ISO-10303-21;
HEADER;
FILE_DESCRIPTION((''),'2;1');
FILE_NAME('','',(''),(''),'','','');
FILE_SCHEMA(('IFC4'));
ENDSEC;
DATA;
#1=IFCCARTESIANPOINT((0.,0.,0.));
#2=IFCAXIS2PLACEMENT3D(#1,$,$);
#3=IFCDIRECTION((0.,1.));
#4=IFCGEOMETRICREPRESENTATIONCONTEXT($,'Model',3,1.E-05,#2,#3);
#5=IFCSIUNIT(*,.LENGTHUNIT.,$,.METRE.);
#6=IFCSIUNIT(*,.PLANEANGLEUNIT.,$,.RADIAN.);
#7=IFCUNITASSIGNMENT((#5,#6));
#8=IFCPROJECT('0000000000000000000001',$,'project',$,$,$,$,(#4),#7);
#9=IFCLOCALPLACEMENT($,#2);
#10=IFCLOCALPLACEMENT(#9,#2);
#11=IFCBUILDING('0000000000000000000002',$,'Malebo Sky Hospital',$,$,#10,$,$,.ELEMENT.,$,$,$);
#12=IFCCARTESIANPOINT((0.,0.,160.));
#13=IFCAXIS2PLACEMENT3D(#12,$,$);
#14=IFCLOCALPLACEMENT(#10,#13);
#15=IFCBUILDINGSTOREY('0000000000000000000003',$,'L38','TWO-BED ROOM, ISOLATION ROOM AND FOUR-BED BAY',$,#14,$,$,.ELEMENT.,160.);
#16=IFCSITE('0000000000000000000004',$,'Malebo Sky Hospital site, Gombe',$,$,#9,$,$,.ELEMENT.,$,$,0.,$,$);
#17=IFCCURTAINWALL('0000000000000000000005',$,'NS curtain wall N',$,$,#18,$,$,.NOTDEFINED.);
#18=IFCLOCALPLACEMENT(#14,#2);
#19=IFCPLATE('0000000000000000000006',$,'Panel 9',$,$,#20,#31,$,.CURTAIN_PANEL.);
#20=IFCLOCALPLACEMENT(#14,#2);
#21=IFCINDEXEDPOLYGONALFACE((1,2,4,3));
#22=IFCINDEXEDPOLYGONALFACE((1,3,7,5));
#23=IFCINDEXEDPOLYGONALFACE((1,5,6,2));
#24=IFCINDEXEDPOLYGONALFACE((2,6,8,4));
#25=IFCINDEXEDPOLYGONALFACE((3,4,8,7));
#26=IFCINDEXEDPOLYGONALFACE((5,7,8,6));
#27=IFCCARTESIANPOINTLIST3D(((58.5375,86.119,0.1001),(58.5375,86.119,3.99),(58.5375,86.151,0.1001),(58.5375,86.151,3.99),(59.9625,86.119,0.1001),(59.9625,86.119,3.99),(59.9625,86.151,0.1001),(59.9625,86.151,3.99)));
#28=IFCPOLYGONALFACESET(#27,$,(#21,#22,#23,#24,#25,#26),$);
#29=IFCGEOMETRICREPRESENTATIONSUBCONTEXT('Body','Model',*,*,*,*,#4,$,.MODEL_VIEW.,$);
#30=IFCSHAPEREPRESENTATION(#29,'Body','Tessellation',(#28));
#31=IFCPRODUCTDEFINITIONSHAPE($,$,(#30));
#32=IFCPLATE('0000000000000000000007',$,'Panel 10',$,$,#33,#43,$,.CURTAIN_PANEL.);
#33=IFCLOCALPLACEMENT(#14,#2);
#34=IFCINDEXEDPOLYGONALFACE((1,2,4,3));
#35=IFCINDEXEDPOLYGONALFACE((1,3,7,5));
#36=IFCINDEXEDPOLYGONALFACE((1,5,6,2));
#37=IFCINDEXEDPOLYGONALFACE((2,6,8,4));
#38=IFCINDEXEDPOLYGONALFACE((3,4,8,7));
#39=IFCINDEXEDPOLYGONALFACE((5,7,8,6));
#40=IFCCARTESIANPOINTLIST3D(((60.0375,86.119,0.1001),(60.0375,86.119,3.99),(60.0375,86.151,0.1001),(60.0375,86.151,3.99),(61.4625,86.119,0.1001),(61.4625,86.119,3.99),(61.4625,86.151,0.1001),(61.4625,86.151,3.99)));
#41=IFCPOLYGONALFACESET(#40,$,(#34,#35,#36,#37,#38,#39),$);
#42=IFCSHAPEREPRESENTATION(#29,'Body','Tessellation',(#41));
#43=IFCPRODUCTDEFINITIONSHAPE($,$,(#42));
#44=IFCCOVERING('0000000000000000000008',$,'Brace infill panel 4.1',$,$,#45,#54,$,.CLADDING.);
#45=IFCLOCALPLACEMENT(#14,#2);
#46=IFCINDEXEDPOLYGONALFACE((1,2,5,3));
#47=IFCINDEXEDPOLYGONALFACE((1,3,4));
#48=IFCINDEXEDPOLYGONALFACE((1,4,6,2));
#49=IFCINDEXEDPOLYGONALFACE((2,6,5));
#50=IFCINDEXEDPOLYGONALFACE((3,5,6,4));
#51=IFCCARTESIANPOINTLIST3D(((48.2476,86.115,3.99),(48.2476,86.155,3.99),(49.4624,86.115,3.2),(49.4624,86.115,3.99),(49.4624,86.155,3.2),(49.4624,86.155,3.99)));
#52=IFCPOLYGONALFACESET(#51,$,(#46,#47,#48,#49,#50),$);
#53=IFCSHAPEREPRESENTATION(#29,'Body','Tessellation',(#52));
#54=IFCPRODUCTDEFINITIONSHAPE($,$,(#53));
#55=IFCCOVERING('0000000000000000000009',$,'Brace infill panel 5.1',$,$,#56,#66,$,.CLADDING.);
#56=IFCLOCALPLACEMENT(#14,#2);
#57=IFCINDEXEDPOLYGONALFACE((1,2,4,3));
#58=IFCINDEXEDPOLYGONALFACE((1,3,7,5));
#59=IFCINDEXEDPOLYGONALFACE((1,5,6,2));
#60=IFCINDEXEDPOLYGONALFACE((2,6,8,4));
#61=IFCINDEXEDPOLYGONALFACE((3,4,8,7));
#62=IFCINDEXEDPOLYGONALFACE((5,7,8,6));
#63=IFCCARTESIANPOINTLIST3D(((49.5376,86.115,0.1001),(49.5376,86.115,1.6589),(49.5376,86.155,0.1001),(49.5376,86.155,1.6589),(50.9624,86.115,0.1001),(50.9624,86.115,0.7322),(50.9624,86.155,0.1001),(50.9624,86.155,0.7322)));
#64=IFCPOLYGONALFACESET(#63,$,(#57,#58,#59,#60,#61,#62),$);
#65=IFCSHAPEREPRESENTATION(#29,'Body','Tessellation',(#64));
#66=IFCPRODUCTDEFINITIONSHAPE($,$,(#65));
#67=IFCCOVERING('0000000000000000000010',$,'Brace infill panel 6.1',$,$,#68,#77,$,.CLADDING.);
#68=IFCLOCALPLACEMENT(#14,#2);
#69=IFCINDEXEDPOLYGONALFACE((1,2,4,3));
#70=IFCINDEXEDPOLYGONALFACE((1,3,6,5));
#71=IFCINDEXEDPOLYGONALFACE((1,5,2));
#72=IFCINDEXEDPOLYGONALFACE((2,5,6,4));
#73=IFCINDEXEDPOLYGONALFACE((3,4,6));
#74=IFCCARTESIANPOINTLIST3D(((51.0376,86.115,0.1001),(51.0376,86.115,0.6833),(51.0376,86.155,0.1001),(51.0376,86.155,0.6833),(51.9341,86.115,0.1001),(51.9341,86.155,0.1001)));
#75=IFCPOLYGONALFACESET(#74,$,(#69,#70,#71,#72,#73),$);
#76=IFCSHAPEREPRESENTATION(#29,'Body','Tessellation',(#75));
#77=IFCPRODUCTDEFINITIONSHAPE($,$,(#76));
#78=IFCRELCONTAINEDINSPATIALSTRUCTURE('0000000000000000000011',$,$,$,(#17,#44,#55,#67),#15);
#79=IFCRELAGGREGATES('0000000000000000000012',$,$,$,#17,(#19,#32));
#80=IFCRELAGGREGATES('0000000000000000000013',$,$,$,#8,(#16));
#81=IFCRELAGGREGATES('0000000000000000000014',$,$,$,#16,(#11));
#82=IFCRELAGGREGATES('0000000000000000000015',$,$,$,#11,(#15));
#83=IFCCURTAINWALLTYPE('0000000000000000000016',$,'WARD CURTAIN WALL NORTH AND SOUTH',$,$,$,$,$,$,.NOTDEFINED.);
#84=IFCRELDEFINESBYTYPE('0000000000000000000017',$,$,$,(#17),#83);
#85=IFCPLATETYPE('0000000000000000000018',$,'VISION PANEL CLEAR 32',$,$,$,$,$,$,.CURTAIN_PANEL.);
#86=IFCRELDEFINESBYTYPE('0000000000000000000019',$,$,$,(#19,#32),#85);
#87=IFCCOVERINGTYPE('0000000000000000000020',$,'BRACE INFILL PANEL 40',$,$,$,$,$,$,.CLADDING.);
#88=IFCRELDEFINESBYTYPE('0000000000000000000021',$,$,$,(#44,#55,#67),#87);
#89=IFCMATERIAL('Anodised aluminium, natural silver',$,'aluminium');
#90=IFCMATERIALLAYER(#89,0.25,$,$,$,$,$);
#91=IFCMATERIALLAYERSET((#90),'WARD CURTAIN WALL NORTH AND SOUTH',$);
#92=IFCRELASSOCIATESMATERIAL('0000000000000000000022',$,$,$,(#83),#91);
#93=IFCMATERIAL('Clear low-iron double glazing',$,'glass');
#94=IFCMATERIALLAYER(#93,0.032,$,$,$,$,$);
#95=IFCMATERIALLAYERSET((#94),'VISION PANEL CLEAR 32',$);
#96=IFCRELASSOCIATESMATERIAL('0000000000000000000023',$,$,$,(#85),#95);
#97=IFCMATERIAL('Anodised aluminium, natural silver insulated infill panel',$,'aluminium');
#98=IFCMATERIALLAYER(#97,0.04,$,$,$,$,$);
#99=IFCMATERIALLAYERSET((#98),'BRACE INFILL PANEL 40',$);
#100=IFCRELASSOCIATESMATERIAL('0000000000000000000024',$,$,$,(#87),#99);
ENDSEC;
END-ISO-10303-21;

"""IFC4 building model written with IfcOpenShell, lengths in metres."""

from ifc_helpers import new_model, si_unit, direction, frame, origin, origin_2d, place, context, subcontext, project, spatial, polyline, rectangle, outline, extrude, material, layer, layer_set, type_object, element, aggregate, save


model = new_model("IFC4")

# Units and contexts
model_context = context("Model", 3, precision=1e-05, world=origin(), true_north=direction((0.0, 1.0)))
body_context = subcontext(model_context, "Body", "Model", "MODEL_VIEW")
ifc_project = project(units=[si_unit("LENGTHUNIT", "METRE"), si_unit("PLANEANGLEUNIT", "RADIAN")], contexts=[model_context])

# Site, building, storey
site_placement = place(None, origin())
site = spatial("IfcSite", under=ifc_project, at=site_placement, Name="Malebo Sky Hospital site, Gombe", CompositionType="ELEMENT", RefElevation=0.0)
building_placement = place(site_placement, origin())
building = spatial("IfcBuilding", under=site, at=building_placement, Name="Malebo Sky Hospital", CompositionType="ELEMENT")
storey_placement = place(building_placement, frame((0.0, 0.0, 160.0)))
storey = spatial("IfcBuildingStorey", under=building, at=storey_placement, Name="L38", Description="TWO-BED ROOM, ISOLATION ROOM AND FOUR-BED BAY", CompositionType="ELEMENT", Elevation=160.0)

# Curtain wall
ifc_material_1 = material(Name="Anodised aluminium, natural silver", Category="aluminium")
ifc_layer_1 = layer(ifc_material_1, 0.25)
ifc_layer_set_1 = layer_set([ifc_layer_1], Name="WARD CURTAIN WALL NORTH AND SOUTH")
curtain_wall_type = type_object("IfcCurtainWallType", Name="WARD CURTAIN WALL NORTH AND SOUTH", PredefinedType="NOTDEFINED", material=ifc_layer_set_1)
curtain_wall_placement = place(storey_placement, origin())
curtain_wall = element("IfcCurtainWall", 1, at=curtain_wall_placement, inside=storey, type_object=curtain_wall_type, Name="NS curtain wall N", PredefinedType="NOTDEFINED")

# Plates
ifc_material_2 = material(Name="Clear low-iron double glazing", Category="glass")
ifc_layer_2 = layer(ifc_material_2, 0.032)
ifc_layer_set_2 = layer_set([ifc_layer_2], Name="VISION PANEL CLEAR 32")
plate_type = type_object("IfcPlateType", Name="VISION PANEL CLEAR 32", PredefinedType="CURTAIN_PANEL", material=ifc_layer_set_2)
plate_1_placement = place(storey_placement, frame((59.25, 86.135, 0.1001), z_axis=(0.0, 0.0, 1.0), x_axis=(1.0, 0.0, 0.0)))
plate_1 = element("IfcPlate", 2, at=plate_1_placement, type_object=plate_type, Name="Panel 9", PredefinedType="CURTAIN_PANEL", context=body_context, shape_type="SweptSolid", body=[
    extrude(rectangle(XDim=1.425, YDim=0.032, at=origin_2d()), origin(), (0.0, 0.0, 1.0), 3.8899),
])
plate_2_placement = place(storey_placement, frame((60.75, 86.135, 0.1001), z_axis=(0.0, 0.0, 1.0), x_axis=(1.0, 0.0, 0.0)))
plate_2 = element("IfcPlate", 3, at=plate_2_placement, type_object=plate_type, Name="Panel 10", PredefinedType="CURTAIN_PANEL", context=body_context, shape_type="SweptSolid", body=[
    extrude(rectangle(XDim=1.425, YDim=0.032, at=origin_2d()), origin(), (0.0, 0.0, 1.0), 3.8899),
])
aggregate(curtain_wall, [plate_1, plate_2])

# Coverings
ifc_material_3 = material(Name="Anodised aluminium, natural silver insulated infill panel", Category="aluminium")
ifc_layer_3 = layer(ifc_material_3, 0.04)
ifc_layer_set_3 = layer_set([ifc_layer_3], Name="BRACE INFILL PANEL 40")
covering_type = type_object("IfcCoveringType", Name="BRACE INFILL PANEL 40", PredefinedType="CLADDING", material=ifc_layer_set_3)
covering_1_placement = place(storey_placement, frame((48.855, 86.135, 3.2), z_axis=(0.0, 0.0, 1.0), x_axis=(1.0, 0.0, 0.0)))
element("IfcCovering", 4, at=covering_1_placement, inside=storey, type_object=covering_type, Name="Brace infill panel 4.1", PredefinedType="CLADDING", context=body_context, shape_type="SweptSolid", body=[
    extrude(outline(polyline([(0.6074, 0.0), (0.6074, 0.79), (-0.6074, 0.79), (0.6074, 0.0)])), frame((0.0, 0.02, 0.0), z_axis=(0.0, -1.0, 0.0), x_axis=(1.0, 0.0, 0.0)), (0.0, 0.0, 1.0), 0.04),
])
covering_2_placement = place(storey_placement, frame((50.25, 86.135, 0.1001), z_axis=(0.0, 0.0, 1.0), x_axis=(1.0, 0.0, 0.0)))
element("IfcCovering", 5, at=covering_2_placement, inside=storey, type_object=covering_type, Name="Brace infill panel 5.1", PredefinedType="CLADDING", context=body_context, shape_type="SweptSolid", body=[
    extrude(outline(polyline([(-0.7124, 0.0), (0.7124, 0.0), (0.7124, 0.6321), (-0.7124, 1.5588), (-0.7124, 0.0)])), frame((0.0, 0.02, 0.0), z_axis=(0.0, -1.0, 0.0), x_axis=(1.0, 0.0, 0.0)), (0.0, 0.0, 1.0), 0.04),
])
covering_3_placement = place(storey_placement, frame((51.4858, 86.135, 0.1001), z_axis=(0.0, 0.0, 1.0), x_axis=(1.0, 0.0, 0.0)))
element("IfcCovering", 6, at=covering_3_placement, inside=storey, type_object=covering_type, Name="Brace infill panel 6.1", PredefinedType="CLADDING", context=body_context, shape_type="SweptSolid", body=[
    extrude(outline(polyline([(-0.4482, 0.0), (0.4482, 0.0), (-0.4482, 0.5833), (-0.4482, 0.0)])), frame((0.0, 0.02, 0.0), z_axis=(0.0, -1.0, 0.0), x_axis=(1.0, 0.0, 0.0)), (0.0, 0.0, 1.0), 0.04),
])

save(model, "model.ifc")
